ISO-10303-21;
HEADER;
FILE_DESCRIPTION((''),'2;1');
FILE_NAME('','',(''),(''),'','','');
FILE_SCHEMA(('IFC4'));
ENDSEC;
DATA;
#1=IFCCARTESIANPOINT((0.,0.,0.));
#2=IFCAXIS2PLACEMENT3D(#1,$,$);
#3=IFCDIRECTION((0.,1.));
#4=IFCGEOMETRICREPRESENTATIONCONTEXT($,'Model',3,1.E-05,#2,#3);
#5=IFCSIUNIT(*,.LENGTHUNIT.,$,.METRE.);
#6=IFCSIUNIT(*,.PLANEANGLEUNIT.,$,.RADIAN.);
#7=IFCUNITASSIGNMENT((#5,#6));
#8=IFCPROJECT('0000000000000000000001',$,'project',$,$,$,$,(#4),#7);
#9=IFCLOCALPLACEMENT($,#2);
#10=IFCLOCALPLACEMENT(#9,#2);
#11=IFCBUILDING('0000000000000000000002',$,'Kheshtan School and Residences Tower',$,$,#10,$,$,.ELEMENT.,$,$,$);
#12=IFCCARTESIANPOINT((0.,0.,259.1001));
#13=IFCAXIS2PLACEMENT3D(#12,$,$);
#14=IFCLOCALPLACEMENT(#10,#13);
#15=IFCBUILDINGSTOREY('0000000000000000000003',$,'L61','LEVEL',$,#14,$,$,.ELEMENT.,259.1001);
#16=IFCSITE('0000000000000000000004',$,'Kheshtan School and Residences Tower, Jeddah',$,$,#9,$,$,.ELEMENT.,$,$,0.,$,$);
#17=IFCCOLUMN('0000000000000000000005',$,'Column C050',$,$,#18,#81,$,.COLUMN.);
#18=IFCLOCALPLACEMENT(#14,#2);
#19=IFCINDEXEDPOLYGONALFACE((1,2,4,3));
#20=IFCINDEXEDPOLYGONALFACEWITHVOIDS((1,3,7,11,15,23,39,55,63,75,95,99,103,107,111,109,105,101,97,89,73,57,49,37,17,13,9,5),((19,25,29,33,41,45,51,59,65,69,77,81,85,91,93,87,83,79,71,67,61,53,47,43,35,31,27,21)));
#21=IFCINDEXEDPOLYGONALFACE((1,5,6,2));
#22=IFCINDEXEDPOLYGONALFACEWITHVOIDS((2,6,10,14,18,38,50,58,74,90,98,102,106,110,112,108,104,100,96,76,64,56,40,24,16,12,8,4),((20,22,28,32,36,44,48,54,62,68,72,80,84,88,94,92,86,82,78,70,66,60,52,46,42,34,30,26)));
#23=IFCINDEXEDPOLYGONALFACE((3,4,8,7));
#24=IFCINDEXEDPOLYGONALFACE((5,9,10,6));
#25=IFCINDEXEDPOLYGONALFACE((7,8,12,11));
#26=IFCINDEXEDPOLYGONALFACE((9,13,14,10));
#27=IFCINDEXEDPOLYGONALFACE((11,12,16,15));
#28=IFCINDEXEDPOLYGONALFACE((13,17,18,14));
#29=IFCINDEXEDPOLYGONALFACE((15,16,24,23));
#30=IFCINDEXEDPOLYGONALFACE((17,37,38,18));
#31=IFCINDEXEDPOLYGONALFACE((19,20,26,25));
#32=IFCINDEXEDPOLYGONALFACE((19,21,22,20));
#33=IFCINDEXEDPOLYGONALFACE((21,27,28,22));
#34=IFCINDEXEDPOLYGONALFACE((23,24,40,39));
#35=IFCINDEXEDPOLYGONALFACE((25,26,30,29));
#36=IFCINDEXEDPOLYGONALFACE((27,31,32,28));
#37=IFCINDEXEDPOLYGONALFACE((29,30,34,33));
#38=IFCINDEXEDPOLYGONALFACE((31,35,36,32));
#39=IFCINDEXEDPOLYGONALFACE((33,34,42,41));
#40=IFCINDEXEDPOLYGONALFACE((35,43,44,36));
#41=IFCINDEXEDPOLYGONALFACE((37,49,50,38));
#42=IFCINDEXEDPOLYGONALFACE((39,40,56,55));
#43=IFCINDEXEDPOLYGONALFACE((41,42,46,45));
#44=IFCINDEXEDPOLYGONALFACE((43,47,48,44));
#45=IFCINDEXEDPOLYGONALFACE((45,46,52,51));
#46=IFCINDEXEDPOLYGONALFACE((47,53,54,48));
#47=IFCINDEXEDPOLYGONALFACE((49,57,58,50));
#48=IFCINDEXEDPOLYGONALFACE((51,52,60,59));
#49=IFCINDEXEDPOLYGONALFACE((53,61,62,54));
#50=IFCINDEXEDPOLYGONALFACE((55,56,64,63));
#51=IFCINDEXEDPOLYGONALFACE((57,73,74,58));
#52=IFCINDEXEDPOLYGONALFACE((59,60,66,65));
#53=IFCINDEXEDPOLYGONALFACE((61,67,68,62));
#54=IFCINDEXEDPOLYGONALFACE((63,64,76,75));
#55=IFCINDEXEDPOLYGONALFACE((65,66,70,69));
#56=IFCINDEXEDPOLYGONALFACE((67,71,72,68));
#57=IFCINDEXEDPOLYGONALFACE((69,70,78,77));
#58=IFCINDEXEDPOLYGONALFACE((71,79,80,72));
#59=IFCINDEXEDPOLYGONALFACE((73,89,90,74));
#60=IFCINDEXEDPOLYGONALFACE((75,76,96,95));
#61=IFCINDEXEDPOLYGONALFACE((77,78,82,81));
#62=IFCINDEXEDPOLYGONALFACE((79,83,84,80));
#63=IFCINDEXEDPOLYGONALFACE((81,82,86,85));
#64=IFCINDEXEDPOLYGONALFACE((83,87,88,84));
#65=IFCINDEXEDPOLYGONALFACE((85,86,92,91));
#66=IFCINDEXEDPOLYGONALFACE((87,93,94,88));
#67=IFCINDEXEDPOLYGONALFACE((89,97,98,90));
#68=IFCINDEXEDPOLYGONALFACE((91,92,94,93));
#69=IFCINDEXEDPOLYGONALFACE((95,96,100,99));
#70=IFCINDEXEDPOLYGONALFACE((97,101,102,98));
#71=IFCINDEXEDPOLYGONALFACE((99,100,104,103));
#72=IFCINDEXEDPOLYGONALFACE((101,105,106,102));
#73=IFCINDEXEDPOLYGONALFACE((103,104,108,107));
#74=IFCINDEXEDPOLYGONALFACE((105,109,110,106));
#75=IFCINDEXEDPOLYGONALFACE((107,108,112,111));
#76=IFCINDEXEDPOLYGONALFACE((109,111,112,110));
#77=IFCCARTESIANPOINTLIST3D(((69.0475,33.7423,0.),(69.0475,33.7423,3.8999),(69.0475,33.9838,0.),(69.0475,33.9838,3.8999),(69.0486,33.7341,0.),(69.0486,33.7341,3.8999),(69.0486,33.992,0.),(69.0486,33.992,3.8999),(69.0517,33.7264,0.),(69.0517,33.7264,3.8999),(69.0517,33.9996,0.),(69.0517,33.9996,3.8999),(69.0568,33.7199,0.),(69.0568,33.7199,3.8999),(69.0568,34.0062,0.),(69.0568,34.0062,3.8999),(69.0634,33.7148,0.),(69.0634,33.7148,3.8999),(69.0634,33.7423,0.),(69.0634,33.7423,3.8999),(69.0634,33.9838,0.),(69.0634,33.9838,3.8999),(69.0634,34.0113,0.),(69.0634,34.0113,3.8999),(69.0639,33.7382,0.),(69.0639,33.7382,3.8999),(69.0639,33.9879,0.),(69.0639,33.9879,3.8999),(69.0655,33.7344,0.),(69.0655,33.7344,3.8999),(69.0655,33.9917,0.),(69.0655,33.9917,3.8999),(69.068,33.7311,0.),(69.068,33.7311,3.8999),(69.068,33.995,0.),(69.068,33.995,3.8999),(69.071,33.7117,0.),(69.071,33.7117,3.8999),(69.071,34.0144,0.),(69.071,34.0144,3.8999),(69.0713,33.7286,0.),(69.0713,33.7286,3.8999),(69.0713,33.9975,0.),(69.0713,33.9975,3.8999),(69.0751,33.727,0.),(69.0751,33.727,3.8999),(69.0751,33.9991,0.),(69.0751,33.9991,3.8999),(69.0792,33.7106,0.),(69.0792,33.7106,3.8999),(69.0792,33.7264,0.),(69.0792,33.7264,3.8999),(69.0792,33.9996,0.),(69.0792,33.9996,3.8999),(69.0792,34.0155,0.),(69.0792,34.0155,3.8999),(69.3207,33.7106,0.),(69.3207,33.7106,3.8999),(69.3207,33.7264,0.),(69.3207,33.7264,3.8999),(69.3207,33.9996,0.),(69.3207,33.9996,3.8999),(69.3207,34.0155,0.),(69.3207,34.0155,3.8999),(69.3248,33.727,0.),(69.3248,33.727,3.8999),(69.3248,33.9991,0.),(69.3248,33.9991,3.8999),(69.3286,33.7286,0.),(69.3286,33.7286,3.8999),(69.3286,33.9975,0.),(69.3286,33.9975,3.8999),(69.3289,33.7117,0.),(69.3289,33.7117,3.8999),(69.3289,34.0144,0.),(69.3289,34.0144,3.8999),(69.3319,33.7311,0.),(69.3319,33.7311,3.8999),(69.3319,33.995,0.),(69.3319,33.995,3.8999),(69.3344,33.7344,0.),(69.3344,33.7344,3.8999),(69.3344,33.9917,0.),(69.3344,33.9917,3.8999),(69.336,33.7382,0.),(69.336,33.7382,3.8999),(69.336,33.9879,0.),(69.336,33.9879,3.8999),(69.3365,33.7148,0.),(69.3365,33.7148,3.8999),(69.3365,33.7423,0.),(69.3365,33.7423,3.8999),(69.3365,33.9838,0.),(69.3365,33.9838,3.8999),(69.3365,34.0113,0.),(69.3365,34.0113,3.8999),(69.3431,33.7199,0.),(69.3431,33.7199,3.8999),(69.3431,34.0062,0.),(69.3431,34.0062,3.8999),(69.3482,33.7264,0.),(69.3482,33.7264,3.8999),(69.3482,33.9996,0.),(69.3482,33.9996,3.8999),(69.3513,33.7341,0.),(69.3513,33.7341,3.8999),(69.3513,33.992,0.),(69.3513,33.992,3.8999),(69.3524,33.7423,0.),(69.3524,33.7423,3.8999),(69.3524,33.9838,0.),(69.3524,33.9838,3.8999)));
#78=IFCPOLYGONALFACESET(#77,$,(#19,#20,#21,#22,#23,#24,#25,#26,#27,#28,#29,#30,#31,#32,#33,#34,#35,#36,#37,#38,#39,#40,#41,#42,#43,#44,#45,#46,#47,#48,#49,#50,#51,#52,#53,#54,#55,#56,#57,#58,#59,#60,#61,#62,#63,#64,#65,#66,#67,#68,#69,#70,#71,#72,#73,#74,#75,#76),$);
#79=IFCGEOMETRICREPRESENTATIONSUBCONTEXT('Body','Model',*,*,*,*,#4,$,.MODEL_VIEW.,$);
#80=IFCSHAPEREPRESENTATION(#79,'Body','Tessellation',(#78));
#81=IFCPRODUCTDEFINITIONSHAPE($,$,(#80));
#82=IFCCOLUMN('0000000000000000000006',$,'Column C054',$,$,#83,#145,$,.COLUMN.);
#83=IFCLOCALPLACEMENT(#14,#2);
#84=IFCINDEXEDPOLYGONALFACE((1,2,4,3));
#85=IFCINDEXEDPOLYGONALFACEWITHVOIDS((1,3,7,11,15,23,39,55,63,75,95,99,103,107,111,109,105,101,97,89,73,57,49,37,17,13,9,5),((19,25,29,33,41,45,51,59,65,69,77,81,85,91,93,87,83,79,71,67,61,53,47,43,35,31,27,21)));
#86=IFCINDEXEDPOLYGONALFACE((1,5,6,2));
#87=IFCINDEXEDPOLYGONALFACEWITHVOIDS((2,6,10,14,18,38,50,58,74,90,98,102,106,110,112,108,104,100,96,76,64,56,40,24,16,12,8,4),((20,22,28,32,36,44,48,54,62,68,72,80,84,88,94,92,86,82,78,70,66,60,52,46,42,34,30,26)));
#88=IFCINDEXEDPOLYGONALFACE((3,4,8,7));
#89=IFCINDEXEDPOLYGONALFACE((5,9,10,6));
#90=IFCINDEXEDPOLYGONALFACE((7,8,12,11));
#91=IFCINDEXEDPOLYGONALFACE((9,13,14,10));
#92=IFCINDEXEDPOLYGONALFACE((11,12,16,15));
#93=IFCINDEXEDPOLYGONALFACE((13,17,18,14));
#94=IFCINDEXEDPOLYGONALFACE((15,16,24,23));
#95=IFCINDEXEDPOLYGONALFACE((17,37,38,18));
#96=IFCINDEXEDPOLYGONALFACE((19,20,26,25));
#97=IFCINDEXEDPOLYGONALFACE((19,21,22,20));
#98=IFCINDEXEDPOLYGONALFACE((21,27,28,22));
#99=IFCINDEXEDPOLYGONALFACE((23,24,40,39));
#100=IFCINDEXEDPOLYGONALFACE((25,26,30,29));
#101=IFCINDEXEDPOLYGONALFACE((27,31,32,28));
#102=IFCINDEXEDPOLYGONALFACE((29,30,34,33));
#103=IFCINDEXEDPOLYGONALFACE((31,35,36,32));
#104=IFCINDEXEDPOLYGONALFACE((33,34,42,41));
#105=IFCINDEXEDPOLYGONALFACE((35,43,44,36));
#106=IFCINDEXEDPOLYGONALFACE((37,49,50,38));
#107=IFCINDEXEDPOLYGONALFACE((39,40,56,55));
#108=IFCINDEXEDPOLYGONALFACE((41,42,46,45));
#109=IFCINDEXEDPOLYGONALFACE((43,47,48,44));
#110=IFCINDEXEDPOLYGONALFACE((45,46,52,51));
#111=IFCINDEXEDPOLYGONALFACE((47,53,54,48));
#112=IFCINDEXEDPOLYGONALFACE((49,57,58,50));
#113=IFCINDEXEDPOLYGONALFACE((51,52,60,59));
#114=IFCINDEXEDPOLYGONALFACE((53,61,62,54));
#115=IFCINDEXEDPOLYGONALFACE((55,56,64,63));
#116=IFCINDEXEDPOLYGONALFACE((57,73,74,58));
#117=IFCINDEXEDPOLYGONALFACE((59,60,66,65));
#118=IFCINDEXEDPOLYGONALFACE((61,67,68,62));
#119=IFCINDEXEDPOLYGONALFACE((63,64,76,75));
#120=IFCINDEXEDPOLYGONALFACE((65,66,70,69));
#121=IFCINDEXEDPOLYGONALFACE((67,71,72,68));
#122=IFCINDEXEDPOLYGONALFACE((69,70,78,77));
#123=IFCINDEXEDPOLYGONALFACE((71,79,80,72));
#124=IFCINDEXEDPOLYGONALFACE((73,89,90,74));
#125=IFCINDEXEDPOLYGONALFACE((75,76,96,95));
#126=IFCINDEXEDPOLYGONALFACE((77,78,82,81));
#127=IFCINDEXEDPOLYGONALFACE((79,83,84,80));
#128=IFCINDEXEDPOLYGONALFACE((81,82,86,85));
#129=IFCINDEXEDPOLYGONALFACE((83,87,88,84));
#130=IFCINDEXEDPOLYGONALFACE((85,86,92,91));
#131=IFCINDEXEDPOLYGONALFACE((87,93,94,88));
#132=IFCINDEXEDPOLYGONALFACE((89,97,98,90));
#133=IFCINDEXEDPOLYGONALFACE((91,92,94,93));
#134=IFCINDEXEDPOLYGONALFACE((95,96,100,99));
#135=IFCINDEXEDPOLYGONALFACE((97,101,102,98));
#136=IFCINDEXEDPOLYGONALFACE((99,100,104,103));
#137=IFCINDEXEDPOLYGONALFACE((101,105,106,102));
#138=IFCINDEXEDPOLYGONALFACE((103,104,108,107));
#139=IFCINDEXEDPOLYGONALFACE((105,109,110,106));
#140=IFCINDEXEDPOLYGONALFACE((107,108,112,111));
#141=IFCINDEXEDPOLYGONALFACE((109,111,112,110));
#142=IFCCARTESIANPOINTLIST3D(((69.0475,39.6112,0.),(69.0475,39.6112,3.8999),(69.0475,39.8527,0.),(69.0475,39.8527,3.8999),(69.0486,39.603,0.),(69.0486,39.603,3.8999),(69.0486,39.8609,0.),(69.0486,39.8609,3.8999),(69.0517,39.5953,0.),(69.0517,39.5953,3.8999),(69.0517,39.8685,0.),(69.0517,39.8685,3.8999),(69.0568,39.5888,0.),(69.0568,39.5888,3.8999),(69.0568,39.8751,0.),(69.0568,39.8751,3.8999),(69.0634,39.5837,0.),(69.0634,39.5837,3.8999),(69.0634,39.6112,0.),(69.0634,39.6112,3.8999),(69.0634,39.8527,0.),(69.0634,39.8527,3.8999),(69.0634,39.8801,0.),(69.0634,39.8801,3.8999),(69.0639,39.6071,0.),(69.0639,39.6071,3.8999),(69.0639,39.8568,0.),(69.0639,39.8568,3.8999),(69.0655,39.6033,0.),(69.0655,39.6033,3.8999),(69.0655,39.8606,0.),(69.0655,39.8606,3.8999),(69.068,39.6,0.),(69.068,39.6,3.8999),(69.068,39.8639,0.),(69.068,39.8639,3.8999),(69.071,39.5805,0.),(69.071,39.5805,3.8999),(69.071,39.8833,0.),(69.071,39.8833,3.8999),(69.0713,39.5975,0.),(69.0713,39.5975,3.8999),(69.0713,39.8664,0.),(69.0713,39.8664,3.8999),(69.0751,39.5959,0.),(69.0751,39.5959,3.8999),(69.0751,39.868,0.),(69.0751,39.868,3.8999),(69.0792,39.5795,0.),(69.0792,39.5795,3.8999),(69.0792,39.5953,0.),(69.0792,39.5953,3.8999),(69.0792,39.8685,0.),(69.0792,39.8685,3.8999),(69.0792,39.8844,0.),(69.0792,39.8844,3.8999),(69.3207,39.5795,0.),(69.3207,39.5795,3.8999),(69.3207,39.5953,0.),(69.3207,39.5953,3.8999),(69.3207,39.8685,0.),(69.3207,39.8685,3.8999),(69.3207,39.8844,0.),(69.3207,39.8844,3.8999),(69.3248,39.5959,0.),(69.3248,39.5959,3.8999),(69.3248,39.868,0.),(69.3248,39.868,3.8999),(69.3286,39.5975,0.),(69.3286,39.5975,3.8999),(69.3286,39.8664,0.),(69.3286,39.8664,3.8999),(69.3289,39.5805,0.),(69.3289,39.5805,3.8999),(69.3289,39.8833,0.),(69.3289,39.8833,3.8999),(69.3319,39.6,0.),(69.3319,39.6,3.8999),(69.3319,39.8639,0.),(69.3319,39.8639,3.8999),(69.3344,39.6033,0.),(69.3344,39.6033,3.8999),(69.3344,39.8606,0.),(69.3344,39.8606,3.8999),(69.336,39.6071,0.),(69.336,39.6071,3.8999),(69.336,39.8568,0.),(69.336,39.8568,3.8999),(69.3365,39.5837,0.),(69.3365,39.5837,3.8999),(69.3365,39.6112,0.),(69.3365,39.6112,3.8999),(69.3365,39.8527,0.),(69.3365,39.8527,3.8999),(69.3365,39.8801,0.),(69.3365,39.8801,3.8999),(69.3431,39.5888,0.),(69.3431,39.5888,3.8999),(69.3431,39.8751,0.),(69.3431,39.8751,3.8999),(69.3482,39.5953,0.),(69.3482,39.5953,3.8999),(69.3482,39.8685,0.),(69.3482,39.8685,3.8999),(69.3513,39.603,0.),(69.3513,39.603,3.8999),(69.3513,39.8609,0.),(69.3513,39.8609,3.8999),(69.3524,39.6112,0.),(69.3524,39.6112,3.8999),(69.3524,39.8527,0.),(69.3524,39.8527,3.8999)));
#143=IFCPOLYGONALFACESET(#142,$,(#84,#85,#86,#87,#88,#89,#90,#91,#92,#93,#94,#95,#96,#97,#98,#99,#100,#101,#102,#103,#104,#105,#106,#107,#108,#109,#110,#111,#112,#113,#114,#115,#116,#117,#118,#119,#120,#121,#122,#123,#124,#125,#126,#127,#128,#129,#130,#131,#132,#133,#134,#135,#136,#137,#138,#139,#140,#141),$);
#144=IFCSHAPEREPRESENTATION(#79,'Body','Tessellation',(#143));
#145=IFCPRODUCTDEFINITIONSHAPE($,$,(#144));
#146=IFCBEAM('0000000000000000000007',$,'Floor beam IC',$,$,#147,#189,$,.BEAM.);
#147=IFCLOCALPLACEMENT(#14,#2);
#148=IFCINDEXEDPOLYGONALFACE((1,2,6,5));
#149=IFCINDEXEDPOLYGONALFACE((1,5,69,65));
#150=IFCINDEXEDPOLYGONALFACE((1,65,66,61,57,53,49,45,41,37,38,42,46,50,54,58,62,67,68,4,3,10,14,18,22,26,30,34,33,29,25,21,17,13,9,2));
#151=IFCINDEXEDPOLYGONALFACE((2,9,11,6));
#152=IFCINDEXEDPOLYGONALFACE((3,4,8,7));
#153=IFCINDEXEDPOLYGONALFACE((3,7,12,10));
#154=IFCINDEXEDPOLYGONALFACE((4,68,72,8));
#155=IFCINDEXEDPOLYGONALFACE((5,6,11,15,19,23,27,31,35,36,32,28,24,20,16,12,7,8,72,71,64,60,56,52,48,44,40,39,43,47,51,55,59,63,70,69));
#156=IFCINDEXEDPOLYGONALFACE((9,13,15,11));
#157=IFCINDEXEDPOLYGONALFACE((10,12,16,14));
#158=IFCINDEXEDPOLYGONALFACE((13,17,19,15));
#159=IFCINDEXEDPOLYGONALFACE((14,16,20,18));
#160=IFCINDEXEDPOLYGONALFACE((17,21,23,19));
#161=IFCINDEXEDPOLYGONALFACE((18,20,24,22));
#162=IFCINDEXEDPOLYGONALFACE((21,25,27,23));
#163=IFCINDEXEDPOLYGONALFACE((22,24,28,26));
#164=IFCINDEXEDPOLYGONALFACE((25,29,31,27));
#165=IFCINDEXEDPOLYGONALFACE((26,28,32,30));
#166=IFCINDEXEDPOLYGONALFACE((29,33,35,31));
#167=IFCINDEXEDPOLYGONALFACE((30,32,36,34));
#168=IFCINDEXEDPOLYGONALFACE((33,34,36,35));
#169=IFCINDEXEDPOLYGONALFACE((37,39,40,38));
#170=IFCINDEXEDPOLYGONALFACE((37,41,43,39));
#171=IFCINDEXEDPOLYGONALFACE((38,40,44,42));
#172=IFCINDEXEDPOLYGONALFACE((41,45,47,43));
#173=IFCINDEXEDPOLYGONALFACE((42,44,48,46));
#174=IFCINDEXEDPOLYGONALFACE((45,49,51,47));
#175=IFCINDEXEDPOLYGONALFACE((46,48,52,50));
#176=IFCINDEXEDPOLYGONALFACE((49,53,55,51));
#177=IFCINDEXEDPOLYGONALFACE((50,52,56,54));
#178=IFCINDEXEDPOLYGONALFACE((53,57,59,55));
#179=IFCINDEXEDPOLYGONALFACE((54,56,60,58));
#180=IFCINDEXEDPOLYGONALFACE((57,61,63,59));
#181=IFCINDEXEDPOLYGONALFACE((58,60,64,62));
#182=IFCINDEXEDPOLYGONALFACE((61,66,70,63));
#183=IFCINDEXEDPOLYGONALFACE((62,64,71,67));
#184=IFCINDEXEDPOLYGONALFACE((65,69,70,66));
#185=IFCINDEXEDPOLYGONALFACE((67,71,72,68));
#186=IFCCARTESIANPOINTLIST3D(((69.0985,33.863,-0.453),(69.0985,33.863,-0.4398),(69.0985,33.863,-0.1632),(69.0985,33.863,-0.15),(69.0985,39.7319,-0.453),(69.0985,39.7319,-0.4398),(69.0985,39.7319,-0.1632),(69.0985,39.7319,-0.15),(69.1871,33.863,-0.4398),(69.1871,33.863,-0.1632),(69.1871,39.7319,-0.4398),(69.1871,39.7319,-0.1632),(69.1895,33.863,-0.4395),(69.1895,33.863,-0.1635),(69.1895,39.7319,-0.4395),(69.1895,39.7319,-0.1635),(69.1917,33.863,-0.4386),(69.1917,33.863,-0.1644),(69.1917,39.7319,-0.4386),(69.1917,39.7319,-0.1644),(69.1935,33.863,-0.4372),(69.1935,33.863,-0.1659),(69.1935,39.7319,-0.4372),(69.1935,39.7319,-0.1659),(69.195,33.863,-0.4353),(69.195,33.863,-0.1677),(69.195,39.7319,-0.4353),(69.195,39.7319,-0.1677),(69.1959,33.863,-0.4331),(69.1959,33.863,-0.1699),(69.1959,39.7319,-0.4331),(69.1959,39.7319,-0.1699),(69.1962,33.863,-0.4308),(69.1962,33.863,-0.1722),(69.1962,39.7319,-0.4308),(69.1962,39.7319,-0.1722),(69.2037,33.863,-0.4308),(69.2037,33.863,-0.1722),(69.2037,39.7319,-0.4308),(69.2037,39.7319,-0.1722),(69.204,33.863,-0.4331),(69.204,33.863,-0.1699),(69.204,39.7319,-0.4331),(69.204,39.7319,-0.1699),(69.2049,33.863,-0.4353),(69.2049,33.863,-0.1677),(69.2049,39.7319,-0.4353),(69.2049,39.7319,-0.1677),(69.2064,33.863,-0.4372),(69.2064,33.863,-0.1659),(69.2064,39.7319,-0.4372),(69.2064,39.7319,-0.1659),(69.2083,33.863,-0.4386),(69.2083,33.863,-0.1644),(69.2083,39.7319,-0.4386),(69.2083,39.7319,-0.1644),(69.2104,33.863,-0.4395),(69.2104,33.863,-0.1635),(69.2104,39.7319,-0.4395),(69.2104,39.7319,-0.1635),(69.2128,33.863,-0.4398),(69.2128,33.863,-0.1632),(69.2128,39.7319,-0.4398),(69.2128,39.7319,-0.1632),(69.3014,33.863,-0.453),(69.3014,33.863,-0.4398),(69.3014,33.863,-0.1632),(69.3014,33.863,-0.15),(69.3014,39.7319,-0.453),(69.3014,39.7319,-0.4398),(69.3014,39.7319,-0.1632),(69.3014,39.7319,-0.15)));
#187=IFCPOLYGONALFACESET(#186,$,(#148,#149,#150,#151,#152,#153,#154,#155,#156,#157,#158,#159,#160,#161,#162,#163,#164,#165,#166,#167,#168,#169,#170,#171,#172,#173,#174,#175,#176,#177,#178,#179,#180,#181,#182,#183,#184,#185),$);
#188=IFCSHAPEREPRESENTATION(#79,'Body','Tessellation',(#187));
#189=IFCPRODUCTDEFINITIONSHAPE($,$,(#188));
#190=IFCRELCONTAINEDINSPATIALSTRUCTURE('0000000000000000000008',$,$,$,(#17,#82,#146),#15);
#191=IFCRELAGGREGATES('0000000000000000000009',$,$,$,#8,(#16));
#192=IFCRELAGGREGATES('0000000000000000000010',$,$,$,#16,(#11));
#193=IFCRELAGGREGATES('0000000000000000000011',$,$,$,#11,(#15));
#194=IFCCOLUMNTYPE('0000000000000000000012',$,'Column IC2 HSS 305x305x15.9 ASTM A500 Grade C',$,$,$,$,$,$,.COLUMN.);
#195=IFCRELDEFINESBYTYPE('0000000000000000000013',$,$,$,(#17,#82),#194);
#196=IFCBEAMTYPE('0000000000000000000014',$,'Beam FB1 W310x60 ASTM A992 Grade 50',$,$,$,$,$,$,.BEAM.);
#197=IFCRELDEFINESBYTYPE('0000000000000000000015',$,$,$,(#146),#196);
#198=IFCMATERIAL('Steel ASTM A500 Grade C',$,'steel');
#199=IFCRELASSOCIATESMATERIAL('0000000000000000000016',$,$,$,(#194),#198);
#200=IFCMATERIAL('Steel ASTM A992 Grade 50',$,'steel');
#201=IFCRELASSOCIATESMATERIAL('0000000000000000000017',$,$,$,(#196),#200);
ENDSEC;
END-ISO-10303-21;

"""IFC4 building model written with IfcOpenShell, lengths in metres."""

from ifc_helpers import new_model, si_unit, direction, frame, origin, origin_2d, place, context, subcontext, project, spatial, hollow_rectangle, i_section, extrude, material, material_profile, profile_set, type_object, element, save


model = new_model("IFC4")

# Units and contexts
model_context = context("Model", 3, precision=1e-05, world=origin(), true_north=direction((0.0, 1.0)))
body_context = subcontext(model_context, "Body", "Model", "MODEL_VIEW")
ifc_project = project(units=[si_unit("LENGTHUNIT", "METRE"), si_unit("PLANEANGLEUNIT", "RADIAN")], contexts=[model_context])

# Site, building, storey
site_placement = place(None, origin())
site = spatial("IfcSite", under=ifc_project, at=site_placement, Name="Kheshtan School and Residences Tower, Jeddah", CompositionType="ELEMENT", RefElevation=0.0)
building_placement = place(site_placement, origin())
building = spatial("IfcBuilding", under=site, at=building_placement, Name="Kheshtan School and Residences Tower", CompositionType="ELEMENT")
storey_placement = place(building_placement, frame((0.0, 0.0, 259.1001)))
storey = spatial("IfcBuildingStorey", under=building, at=storey_placement, Name="L61", Description="LEVEL", CompositionType="ELEMENT", Elevation=259.1001)

# Columns
ifc_material_1 = material(Name="Steel ASTM A500 Grade C", Category="steel")
ifc_material_profile_1 = material_profile(ifc_material_1, hollow_rectangle(XDim=0.3049, YDim=0.3049, WallThickness=0.0159, InnerFilletRadius=0.0159, OuterFilletRadius=0.0317, at=origin_2d()), Name="HSS 305x305x15.9")
ifc_profile_set_1 = profile_set([ifc_material_profile_1], Name="Steel ASTM A500 Grade C")
column_type = type_object("IfcColumnType", Name="Column IC2 HSS 305x305x15.9 ASTM A500 Grade C", PredefinedType="COLUMN", material=ifc_profile_set_1)
for number, where, z_axis, x_axis, name in (
    (1, (69.2, 33.863, 0.0), (0.0, 0.0, 1.0), (1.0, 0.0, 0.0), "Column C050"),
    (2, (69.2, 39.7319, 0.0), (0.0, 0.0, 1.0), (1.0, 0.0, 0.0), "Column C054"),
):
    element("IfcColumn", number, at=place(storey_placement, frame(where, z_axis=z_axis, x_axis=x_axis)), inside=storey, type_object=column_type, Name=name, PredefinedType="COLUMN", context=body_context, shape_type="SweptSolid", body=[
        extrude(hollow_rectangle(XDim=0.3049, YDim=0.3049, WallThickness=0.0159, InnerFilletRadius=0.0159, OuterFilletRadius=0.0317, at=origin_2d()), origin(), (0.0, 0.0, 1.0), 3.8999),
    ])

# Beam
ifc_material_2 = material(Name="Steel ASTM A992 Grade 50", Category="steel")
ifc_material_profile_2 = material_profile(ifc_material_2, i_section(OverallWidth=0.2029, OverallDepth=0.303, WebThickness=0.0076, FlangeThickness=0.0132, FilletRadius=0.009, at=origin_2d()), Name="W310x60")
ifc_profile_set_2 = profile_set([ifc_material_profile_2], Name="Steel ASTM A992 Grade 50")
beam_type = type_object("IfcBeamType", Name="Beam FB1 W310x60 ASTM A992 Grade 50", PredefinedType="BEAM", material=ifc_profile_set_2)
beam_placement = place(storey_placement, frame((69.2, 33.863, -0.3015), z_axis=(0.0, 1.0, 0.0), x_axis=(-1.0, 0.0, 0.0)))
element("IfcBeam", 3, at=beam_placement, inside=storey, type_object=beam_type, Name="Floor beam IC", PredefinedType="BEAM", context=body_context, shape_type="SweptSolid", body=[
    extrude(i_section(OverallWidth=0.2029, OverallDepth=0.303, WebThickness=0.0076, FlangeThickness=0.0132, FilletRadius=0.009, at=origin_2d()), origin(), (0.0, 0.0, 1.0), 5.8689),
])

save(model, "model.ifc")
